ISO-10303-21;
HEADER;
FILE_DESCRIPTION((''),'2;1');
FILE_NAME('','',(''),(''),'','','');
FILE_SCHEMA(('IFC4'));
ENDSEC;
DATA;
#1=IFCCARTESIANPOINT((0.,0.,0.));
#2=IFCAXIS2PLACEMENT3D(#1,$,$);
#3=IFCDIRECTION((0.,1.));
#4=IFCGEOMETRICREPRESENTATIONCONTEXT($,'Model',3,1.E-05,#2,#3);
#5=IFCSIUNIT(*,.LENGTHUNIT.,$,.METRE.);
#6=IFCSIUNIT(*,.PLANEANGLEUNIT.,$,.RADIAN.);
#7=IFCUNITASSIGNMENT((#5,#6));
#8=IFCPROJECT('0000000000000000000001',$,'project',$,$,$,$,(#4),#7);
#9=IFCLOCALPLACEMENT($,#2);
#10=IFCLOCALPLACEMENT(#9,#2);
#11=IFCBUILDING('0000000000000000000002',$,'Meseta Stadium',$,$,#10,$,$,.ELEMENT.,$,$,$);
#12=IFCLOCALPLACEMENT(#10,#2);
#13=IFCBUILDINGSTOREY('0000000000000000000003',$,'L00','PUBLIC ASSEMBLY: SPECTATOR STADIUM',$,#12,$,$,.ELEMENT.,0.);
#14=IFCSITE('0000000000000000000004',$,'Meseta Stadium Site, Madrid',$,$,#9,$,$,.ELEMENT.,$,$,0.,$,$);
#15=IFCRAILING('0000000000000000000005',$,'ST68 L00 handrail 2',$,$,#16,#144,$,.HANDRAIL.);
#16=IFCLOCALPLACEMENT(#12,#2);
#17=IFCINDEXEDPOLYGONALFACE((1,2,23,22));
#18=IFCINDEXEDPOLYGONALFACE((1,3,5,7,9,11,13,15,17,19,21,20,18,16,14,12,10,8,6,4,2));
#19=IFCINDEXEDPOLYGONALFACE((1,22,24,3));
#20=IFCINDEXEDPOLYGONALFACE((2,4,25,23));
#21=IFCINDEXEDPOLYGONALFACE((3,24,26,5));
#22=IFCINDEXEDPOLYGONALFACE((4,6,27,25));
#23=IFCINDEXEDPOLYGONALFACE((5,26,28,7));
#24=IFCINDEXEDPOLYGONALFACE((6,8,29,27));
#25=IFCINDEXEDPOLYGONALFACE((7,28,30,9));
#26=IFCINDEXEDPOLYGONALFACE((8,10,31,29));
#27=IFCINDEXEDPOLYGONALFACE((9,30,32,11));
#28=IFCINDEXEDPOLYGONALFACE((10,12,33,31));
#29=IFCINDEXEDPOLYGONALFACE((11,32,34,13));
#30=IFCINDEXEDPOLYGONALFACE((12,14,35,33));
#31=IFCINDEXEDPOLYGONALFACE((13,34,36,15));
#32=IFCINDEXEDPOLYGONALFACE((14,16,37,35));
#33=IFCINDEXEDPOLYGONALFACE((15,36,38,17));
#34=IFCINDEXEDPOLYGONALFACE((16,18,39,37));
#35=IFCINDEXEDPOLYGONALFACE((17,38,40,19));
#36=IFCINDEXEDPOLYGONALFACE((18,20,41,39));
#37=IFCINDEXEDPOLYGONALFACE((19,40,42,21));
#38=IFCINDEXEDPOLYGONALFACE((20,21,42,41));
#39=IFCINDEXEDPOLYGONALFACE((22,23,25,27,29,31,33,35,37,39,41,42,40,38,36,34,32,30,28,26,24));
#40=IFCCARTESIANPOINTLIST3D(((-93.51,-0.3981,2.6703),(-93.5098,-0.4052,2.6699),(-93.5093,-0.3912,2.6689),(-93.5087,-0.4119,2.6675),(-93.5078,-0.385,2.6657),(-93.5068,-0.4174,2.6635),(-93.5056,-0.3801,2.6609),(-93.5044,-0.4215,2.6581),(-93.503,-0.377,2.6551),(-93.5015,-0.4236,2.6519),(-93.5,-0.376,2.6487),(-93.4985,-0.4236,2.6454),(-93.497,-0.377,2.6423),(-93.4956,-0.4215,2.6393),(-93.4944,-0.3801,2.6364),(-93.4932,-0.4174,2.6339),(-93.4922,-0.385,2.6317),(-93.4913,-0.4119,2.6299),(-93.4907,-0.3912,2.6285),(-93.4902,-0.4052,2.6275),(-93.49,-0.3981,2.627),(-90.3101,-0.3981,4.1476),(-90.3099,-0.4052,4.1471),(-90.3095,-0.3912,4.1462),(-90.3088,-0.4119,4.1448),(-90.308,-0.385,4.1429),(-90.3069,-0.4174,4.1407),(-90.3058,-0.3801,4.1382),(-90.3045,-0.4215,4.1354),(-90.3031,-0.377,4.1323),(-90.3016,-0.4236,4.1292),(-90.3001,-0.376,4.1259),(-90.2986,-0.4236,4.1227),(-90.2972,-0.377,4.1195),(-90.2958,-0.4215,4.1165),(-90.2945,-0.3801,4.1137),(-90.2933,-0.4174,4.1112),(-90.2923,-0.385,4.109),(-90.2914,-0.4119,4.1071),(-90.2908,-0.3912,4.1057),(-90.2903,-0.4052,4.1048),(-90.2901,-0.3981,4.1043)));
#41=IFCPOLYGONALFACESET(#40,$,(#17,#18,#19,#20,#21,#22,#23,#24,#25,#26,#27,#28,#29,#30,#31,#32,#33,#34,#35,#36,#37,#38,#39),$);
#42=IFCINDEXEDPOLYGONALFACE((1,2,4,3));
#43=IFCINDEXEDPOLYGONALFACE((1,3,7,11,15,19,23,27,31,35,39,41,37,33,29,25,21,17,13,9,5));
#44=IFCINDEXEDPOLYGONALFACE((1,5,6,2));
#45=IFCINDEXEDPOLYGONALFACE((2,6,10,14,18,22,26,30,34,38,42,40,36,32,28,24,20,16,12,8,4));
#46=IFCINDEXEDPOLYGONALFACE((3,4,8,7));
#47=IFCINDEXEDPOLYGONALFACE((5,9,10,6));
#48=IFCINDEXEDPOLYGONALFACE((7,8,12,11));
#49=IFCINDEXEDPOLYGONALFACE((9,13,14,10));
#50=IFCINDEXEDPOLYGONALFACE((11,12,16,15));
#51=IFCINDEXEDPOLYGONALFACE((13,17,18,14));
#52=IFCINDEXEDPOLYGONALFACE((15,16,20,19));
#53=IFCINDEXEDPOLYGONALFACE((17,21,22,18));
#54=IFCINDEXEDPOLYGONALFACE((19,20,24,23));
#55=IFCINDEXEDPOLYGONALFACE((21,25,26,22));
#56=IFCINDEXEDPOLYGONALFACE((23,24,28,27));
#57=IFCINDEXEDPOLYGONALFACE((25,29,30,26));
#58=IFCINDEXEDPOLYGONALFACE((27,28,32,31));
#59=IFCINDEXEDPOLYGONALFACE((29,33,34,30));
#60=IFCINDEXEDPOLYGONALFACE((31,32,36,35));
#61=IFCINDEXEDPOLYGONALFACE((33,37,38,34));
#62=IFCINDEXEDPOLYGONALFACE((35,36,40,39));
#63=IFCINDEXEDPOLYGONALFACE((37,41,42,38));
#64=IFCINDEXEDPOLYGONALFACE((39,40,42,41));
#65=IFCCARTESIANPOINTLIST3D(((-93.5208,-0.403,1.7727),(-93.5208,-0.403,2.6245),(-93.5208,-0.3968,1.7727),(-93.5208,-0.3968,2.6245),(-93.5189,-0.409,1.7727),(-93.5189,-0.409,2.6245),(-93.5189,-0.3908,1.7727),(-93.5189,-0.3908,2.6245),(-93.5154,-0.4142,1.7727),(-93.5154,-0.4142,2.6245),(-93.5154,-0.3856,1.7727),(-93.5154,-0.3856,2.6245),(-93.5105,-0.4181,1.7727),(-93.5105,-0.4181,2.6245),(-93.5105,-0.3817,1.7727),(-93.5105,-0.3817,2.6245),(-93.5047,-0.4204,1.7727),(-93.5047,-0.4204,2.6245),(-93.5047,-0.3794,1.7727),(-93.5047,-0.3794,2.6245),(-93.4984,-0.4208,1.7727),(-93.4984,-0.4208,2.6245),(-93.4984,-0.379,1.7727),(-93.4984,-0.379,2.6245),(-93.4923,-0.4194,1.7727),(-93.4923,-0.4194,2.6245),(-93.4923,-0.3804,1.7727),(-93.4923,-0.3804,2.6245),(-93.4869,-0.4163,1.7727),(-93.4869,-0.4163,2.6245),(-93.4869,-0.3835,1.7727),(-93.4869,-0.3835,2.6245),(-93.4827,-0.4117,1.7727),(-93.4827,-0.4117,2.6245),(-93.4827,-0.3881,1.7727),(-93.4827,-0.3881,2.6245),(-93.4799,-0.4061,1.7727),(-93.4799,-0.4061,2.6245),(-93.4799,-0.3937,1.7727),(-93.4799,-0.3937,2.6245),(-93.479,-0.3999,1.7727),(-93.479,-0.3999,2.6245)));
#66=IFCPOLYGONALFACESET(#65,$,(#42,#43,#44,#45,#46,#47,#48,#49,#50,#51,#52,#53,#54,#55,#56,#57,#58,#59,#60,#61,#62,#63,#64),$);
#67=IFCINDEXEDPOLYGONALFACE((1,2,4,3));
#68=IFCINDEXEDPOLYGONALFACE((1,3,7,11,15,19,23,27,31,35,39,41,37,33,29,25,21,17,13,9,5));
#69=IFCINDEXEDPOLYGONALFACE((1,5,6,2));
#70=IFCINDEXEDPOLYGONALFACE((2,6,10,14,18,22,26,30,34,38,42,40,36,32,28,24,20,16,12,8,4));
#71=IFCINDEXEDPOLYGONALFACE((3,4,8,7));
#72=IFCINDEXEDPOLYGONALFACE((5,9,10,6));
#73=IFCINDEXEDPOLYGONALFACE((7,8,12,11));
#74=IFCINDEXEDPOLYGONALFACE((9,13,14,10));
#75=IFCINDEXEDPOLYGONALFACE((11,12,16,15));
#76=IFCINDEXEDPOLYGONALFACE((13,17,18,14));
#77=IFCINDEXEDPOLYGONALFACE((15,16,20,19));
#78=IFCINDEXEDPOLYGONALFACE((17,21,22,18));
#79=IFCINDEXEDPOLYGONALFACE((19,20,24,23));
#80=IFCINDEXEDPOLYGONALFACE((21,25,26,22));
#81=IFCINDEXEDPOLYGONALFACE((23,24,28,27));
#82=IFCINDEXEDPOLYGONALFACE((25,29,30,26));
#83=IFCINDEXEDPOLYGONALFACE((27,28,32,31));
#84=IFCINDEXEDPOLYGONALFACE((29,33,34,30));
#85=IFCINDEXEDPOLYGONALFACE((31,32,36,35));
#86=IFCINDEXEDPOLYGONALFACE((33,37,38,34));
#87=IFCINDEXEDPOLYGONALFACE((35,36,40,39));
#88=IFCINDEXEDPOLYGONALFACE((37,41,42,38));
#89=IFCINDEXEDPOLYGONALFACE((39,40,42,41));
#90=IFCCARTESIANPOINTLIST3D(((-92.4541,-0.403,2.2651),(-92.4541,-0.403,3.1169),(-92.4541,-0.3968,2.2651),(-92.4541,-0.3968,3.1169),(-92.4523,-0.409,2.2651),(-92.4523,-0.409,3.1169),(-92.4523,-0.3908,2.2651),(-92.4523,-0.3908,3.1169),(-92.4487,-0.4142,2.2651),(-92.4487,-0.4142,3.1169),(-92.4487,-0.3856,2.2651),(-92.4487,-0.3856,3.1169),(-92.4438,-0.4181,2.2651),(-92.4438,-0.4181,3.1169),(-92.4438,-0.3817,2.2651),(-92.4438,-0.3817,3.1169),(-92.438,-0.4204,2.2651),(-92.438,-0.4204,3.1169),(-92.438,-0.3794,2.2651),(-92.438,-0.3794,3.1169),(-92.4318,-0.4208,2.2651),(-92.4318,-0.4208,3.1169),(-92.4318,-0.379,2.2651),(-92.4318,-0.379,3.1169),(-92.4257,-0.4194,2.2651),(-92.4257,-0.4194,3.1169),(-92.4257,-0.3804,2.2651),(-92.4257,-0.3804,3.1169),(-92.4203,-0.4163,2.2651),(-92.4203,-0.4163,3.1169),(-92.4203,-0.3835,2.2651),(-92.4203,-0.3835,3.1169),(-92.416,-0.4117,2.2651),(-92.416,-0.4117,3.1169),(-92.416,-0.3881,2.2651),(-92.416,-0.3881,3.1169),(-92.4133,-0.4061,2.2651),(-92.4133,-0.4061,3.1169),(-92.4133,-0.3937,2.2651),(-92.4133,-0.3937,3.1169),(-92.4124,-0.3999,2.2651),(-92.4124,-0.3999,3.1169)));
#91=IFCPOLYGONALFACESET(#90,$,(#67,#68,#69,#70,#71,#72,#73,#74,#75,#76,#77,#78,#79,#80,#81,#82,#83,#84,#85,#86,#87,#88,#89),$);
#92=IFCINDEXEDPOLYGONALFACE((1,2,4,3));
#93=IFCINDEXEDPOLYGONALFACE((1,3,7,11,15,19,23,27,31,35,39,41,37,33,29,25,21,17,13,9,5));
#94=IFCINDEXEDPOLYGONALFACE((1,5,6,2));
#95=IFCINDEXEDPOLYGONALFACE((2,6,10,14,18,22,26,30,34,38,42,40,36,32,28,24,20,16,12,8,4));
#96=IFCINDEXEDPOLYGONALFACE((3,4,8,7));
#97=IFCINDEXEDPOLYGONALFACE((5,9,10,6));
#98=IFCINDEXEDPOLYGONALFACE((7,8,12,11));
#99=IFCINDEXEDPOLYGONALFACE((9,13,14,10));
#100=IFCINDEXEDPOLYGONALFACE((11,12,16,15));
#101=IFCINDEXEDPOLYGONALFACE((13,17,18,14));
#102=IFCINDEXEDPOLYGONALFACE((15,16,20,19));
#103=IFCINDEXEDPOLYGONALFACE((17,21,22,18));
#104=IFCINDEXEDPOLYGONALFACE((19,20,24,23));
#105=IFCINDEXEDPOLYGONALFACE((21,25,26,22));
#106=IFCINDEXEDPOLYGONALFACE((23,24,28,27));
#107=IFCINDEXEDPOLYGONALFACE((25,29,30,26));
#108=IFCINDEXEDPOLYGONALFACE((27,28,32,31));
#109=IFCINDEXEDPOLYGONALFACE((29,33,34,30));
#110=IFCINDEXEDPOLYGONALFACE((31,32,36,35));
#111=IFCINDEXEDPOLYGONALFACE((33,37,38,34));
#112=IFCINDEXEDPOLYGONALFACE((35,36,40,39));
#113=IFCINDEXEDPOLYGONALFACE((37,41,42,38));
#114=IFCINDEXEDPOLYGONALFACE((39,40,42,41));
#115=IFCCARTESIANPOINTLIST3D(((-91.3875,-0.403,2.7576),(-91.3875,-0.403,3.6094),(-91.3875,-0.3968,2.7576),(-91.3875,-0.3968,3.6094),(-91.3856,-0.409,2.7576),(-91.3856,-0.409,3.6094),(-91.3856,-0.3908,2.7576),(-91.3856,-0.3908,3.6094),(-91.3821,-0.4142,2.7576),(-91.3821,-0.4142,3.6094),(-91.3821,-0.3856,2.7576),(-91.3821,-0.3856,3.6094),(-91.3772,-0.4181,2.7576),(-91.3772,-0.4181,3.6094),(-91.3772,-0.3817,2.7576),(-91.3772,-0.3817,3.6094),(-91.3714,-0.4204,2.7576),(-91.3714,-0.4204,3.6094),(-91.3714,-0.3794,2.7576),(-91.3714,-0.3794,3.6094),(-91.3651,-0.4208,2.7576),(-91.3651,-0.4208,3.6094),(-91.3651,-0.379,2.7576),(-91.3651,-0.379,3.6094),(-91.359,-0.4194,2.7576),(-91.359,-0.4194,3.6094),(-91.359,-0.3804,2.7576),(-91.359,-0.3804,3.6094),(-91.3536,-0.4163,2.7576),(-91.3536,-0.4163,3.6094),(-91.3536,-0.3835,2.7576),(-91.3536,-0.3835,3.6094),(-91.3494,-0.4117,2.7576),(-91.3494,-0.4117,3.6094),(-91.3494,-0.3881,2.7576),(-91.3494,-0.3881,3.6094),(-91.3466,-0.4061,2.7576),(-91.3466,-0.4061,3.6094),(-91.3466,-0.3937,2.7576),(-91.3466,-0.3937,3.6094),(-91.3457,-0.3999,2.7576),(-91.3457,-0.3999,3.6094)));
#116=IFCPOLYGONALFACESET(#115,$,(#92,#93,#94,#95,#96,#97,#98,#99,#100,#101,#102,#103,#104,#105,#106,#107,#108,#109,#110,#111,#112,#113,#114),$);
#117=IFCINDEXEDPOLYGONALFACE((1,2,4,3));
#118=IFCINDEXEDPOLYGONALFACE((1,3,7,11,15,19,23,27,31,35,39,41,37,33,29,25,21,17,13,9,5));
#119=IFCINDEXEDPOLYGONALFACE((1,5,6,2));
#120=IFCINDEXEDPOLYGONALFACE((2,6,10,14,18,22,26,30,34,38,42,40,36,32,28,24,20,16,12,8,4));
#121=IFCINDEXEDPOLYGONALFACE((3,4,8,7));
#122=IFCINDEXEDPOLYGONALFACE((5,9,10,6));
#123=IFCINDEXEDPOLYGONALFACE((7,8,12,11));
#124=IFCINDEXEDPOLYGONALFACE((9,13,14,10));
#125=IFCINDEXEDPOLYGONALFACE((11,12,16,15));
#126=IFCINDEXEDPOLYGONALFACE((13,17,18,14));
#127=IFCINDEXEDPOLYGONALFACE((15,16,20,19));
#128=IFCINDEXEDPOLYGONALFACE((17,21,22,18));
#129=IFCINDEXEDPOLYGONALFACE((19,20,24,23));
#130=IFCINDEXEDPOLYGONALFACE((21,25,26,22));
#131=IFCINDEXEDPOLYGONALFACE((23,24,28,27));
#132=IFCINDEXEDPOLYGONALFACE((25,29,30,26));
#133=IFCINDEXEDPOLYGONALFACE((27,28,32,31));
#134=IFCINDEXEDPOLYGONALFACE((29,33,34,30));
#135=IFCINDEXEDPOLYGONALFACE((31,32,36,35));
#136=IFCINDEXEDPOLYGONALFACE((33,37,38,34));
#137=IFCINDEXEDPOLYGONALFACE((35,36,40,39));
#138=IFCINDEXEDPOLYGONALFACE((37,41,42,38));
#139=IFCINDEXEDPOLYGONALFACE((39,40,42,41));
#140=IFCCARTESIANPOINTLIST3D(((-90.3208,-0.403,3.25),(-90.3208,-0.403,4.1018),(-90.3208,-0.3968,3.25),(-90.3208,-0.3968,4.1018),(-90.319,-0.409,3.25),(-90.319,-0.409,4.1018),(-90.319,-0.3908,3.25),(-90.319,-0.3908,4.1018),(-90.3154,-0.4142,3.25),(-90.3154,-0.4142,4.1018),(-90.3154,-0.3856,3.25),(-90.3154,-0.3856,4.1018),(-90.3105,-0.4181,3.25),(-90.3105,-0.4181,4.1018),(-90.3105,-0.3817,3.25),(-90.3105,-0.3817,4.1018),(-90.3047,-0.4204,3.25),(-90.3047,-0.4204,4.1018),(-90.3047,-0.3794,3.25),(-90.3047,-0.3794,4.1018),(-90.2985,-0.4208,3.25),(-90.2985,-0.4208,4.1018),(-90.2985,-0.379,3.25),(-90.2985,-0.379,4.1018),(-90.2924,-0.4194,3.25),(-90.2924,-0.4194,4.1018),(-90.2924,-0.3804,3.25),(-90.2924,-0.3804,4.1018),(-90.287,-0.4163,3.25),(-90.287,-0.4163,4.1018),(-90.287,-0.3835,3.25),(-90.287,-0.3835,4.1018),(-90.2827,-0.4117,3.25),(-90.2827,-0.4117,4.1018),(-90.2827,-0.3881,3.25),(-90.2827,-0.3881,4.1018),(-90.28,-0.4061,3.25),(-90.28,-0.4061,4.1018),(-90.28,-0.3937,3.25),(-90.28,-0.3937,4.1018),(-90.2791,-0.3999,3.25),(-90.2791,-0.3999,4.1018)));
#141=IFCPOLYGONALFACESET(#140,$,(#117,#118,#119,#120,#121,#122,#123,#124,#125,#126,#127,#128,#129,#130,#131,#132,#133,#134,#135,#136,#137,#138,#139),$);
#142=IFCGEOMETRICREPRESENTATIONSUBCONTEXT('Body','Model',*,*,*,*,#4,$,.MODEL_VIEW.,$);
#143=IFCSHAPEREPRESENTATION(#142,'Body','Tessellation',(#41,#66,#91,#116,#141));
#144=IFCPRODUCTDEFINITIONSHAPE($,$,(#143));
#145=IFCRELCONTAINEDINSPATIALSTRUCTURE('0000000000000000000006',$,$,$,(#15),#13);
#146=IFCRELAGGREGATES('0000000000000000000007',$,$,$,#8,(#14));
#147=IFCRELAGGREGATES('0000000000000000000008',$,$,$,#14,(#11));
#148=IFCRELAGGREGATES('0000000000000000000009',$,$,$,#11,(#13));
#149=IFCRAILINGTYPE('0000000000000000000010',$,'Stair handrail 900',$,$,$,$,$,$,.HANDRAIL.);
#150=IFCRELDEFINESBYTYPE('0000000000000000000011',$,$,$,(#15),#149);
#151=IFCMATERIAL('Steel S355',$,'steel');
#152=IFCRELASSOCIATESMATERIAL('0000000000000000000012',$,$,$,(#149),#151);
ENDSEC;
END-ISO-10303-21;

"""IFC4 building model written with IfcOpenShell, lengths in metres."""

from ifc_helpers import new_model, si_unit, direction, frame, origin, origin_2d, place, context, subcontext, project, spatial, circle, extrude, material, type_object, element, save


model = new_model("IFC4")

# Units and contexts
model_context = context("Model", 3, precision=1e-05, world=origin(), true_north=direction((0.0, 1.0)))
body_context = subcontext(model_context, "Body", "Model", "MODEL_VIEW")
ifc_project = project(units=[si_unit("LENGTHUNIT", "METRE"), si_unit("PLANEANGLEUNIT", "RADIAN")], contexts=[model_context])

# Site, building, storey
site_placement = place(None, origin())
site = spatial("IfcSite", under=ifc_project, at=site_placement, Name="Meseta Stadium Site, Madrid", CompositionType="ELEMENT", RefElevation=0.0)
building_placement = place(site_placement, origin())
building = spatial("IfcBuilding", under=site, at=building_placement, Name="Meseta Stadium", CompositionType="ELEMENT")
storey_placement = place(building_placement, origin())
storey = spatial("IfcBuildingStorey", under=building, at=storey_placement, Name="L00", Description="PUBLIC ASSEMBLY: SPECTATOR STADIUM", CompositionType="ELEMENT", Elevation=0.0)

# Railing
ifc_material_1 = material(Name="Steel S355", Category="steel")
railing_type_1 = type_object("IfcRailingType", Name="Stair handrail 900", PredefinedType="HANDRAIL", material=ifc_material_1)
for number, where, name in (
    (1, (-93.5, -0.3999, 1.7727), "ST68 L00 handrail 2"),
):
    element("IfcRailing", number, at=place(storey_placement, frame(where)), inside=storey, type_object=railing_type_1, Name=name, PredefinedType="HANDRAIL", context=body_context, shape_type="SweptSolid", body=[
        extrude(circle(Radius=0.0239, at=origin_2d()), frame((0.0, 0.0, 0.876), z_axis=(0.907917, 0.0, 0.41915), x_axis=(0.0, 1.0, 0.0)), (0.0, 0.0, 1.0), 3.5244),
        extrude(circle(Radius=0.021, at=origin_2d()), origin(), (0.0, 0.0, 1.0), 0.8518),
        extrude(circle(Radius=0.021, at=origin_2d()), frame((1.0667, 0.0, 0.4924)), (0.0, 0.0, 1.0), 0.8518),
        extrude(circle(Radius=0.021, at=origin_2d()), frame((2.1333, 0.0, 0.9849)), (0.0, 0.0, 1.0), 0.8518),
        extrude(circle(Radius=0.021, at=origin_2d()), frame((3.2, 0.0, 1.4773)), (0.0, 0.0, 1.0), 0.8518),
    ])

save(model, "model.ifc")
